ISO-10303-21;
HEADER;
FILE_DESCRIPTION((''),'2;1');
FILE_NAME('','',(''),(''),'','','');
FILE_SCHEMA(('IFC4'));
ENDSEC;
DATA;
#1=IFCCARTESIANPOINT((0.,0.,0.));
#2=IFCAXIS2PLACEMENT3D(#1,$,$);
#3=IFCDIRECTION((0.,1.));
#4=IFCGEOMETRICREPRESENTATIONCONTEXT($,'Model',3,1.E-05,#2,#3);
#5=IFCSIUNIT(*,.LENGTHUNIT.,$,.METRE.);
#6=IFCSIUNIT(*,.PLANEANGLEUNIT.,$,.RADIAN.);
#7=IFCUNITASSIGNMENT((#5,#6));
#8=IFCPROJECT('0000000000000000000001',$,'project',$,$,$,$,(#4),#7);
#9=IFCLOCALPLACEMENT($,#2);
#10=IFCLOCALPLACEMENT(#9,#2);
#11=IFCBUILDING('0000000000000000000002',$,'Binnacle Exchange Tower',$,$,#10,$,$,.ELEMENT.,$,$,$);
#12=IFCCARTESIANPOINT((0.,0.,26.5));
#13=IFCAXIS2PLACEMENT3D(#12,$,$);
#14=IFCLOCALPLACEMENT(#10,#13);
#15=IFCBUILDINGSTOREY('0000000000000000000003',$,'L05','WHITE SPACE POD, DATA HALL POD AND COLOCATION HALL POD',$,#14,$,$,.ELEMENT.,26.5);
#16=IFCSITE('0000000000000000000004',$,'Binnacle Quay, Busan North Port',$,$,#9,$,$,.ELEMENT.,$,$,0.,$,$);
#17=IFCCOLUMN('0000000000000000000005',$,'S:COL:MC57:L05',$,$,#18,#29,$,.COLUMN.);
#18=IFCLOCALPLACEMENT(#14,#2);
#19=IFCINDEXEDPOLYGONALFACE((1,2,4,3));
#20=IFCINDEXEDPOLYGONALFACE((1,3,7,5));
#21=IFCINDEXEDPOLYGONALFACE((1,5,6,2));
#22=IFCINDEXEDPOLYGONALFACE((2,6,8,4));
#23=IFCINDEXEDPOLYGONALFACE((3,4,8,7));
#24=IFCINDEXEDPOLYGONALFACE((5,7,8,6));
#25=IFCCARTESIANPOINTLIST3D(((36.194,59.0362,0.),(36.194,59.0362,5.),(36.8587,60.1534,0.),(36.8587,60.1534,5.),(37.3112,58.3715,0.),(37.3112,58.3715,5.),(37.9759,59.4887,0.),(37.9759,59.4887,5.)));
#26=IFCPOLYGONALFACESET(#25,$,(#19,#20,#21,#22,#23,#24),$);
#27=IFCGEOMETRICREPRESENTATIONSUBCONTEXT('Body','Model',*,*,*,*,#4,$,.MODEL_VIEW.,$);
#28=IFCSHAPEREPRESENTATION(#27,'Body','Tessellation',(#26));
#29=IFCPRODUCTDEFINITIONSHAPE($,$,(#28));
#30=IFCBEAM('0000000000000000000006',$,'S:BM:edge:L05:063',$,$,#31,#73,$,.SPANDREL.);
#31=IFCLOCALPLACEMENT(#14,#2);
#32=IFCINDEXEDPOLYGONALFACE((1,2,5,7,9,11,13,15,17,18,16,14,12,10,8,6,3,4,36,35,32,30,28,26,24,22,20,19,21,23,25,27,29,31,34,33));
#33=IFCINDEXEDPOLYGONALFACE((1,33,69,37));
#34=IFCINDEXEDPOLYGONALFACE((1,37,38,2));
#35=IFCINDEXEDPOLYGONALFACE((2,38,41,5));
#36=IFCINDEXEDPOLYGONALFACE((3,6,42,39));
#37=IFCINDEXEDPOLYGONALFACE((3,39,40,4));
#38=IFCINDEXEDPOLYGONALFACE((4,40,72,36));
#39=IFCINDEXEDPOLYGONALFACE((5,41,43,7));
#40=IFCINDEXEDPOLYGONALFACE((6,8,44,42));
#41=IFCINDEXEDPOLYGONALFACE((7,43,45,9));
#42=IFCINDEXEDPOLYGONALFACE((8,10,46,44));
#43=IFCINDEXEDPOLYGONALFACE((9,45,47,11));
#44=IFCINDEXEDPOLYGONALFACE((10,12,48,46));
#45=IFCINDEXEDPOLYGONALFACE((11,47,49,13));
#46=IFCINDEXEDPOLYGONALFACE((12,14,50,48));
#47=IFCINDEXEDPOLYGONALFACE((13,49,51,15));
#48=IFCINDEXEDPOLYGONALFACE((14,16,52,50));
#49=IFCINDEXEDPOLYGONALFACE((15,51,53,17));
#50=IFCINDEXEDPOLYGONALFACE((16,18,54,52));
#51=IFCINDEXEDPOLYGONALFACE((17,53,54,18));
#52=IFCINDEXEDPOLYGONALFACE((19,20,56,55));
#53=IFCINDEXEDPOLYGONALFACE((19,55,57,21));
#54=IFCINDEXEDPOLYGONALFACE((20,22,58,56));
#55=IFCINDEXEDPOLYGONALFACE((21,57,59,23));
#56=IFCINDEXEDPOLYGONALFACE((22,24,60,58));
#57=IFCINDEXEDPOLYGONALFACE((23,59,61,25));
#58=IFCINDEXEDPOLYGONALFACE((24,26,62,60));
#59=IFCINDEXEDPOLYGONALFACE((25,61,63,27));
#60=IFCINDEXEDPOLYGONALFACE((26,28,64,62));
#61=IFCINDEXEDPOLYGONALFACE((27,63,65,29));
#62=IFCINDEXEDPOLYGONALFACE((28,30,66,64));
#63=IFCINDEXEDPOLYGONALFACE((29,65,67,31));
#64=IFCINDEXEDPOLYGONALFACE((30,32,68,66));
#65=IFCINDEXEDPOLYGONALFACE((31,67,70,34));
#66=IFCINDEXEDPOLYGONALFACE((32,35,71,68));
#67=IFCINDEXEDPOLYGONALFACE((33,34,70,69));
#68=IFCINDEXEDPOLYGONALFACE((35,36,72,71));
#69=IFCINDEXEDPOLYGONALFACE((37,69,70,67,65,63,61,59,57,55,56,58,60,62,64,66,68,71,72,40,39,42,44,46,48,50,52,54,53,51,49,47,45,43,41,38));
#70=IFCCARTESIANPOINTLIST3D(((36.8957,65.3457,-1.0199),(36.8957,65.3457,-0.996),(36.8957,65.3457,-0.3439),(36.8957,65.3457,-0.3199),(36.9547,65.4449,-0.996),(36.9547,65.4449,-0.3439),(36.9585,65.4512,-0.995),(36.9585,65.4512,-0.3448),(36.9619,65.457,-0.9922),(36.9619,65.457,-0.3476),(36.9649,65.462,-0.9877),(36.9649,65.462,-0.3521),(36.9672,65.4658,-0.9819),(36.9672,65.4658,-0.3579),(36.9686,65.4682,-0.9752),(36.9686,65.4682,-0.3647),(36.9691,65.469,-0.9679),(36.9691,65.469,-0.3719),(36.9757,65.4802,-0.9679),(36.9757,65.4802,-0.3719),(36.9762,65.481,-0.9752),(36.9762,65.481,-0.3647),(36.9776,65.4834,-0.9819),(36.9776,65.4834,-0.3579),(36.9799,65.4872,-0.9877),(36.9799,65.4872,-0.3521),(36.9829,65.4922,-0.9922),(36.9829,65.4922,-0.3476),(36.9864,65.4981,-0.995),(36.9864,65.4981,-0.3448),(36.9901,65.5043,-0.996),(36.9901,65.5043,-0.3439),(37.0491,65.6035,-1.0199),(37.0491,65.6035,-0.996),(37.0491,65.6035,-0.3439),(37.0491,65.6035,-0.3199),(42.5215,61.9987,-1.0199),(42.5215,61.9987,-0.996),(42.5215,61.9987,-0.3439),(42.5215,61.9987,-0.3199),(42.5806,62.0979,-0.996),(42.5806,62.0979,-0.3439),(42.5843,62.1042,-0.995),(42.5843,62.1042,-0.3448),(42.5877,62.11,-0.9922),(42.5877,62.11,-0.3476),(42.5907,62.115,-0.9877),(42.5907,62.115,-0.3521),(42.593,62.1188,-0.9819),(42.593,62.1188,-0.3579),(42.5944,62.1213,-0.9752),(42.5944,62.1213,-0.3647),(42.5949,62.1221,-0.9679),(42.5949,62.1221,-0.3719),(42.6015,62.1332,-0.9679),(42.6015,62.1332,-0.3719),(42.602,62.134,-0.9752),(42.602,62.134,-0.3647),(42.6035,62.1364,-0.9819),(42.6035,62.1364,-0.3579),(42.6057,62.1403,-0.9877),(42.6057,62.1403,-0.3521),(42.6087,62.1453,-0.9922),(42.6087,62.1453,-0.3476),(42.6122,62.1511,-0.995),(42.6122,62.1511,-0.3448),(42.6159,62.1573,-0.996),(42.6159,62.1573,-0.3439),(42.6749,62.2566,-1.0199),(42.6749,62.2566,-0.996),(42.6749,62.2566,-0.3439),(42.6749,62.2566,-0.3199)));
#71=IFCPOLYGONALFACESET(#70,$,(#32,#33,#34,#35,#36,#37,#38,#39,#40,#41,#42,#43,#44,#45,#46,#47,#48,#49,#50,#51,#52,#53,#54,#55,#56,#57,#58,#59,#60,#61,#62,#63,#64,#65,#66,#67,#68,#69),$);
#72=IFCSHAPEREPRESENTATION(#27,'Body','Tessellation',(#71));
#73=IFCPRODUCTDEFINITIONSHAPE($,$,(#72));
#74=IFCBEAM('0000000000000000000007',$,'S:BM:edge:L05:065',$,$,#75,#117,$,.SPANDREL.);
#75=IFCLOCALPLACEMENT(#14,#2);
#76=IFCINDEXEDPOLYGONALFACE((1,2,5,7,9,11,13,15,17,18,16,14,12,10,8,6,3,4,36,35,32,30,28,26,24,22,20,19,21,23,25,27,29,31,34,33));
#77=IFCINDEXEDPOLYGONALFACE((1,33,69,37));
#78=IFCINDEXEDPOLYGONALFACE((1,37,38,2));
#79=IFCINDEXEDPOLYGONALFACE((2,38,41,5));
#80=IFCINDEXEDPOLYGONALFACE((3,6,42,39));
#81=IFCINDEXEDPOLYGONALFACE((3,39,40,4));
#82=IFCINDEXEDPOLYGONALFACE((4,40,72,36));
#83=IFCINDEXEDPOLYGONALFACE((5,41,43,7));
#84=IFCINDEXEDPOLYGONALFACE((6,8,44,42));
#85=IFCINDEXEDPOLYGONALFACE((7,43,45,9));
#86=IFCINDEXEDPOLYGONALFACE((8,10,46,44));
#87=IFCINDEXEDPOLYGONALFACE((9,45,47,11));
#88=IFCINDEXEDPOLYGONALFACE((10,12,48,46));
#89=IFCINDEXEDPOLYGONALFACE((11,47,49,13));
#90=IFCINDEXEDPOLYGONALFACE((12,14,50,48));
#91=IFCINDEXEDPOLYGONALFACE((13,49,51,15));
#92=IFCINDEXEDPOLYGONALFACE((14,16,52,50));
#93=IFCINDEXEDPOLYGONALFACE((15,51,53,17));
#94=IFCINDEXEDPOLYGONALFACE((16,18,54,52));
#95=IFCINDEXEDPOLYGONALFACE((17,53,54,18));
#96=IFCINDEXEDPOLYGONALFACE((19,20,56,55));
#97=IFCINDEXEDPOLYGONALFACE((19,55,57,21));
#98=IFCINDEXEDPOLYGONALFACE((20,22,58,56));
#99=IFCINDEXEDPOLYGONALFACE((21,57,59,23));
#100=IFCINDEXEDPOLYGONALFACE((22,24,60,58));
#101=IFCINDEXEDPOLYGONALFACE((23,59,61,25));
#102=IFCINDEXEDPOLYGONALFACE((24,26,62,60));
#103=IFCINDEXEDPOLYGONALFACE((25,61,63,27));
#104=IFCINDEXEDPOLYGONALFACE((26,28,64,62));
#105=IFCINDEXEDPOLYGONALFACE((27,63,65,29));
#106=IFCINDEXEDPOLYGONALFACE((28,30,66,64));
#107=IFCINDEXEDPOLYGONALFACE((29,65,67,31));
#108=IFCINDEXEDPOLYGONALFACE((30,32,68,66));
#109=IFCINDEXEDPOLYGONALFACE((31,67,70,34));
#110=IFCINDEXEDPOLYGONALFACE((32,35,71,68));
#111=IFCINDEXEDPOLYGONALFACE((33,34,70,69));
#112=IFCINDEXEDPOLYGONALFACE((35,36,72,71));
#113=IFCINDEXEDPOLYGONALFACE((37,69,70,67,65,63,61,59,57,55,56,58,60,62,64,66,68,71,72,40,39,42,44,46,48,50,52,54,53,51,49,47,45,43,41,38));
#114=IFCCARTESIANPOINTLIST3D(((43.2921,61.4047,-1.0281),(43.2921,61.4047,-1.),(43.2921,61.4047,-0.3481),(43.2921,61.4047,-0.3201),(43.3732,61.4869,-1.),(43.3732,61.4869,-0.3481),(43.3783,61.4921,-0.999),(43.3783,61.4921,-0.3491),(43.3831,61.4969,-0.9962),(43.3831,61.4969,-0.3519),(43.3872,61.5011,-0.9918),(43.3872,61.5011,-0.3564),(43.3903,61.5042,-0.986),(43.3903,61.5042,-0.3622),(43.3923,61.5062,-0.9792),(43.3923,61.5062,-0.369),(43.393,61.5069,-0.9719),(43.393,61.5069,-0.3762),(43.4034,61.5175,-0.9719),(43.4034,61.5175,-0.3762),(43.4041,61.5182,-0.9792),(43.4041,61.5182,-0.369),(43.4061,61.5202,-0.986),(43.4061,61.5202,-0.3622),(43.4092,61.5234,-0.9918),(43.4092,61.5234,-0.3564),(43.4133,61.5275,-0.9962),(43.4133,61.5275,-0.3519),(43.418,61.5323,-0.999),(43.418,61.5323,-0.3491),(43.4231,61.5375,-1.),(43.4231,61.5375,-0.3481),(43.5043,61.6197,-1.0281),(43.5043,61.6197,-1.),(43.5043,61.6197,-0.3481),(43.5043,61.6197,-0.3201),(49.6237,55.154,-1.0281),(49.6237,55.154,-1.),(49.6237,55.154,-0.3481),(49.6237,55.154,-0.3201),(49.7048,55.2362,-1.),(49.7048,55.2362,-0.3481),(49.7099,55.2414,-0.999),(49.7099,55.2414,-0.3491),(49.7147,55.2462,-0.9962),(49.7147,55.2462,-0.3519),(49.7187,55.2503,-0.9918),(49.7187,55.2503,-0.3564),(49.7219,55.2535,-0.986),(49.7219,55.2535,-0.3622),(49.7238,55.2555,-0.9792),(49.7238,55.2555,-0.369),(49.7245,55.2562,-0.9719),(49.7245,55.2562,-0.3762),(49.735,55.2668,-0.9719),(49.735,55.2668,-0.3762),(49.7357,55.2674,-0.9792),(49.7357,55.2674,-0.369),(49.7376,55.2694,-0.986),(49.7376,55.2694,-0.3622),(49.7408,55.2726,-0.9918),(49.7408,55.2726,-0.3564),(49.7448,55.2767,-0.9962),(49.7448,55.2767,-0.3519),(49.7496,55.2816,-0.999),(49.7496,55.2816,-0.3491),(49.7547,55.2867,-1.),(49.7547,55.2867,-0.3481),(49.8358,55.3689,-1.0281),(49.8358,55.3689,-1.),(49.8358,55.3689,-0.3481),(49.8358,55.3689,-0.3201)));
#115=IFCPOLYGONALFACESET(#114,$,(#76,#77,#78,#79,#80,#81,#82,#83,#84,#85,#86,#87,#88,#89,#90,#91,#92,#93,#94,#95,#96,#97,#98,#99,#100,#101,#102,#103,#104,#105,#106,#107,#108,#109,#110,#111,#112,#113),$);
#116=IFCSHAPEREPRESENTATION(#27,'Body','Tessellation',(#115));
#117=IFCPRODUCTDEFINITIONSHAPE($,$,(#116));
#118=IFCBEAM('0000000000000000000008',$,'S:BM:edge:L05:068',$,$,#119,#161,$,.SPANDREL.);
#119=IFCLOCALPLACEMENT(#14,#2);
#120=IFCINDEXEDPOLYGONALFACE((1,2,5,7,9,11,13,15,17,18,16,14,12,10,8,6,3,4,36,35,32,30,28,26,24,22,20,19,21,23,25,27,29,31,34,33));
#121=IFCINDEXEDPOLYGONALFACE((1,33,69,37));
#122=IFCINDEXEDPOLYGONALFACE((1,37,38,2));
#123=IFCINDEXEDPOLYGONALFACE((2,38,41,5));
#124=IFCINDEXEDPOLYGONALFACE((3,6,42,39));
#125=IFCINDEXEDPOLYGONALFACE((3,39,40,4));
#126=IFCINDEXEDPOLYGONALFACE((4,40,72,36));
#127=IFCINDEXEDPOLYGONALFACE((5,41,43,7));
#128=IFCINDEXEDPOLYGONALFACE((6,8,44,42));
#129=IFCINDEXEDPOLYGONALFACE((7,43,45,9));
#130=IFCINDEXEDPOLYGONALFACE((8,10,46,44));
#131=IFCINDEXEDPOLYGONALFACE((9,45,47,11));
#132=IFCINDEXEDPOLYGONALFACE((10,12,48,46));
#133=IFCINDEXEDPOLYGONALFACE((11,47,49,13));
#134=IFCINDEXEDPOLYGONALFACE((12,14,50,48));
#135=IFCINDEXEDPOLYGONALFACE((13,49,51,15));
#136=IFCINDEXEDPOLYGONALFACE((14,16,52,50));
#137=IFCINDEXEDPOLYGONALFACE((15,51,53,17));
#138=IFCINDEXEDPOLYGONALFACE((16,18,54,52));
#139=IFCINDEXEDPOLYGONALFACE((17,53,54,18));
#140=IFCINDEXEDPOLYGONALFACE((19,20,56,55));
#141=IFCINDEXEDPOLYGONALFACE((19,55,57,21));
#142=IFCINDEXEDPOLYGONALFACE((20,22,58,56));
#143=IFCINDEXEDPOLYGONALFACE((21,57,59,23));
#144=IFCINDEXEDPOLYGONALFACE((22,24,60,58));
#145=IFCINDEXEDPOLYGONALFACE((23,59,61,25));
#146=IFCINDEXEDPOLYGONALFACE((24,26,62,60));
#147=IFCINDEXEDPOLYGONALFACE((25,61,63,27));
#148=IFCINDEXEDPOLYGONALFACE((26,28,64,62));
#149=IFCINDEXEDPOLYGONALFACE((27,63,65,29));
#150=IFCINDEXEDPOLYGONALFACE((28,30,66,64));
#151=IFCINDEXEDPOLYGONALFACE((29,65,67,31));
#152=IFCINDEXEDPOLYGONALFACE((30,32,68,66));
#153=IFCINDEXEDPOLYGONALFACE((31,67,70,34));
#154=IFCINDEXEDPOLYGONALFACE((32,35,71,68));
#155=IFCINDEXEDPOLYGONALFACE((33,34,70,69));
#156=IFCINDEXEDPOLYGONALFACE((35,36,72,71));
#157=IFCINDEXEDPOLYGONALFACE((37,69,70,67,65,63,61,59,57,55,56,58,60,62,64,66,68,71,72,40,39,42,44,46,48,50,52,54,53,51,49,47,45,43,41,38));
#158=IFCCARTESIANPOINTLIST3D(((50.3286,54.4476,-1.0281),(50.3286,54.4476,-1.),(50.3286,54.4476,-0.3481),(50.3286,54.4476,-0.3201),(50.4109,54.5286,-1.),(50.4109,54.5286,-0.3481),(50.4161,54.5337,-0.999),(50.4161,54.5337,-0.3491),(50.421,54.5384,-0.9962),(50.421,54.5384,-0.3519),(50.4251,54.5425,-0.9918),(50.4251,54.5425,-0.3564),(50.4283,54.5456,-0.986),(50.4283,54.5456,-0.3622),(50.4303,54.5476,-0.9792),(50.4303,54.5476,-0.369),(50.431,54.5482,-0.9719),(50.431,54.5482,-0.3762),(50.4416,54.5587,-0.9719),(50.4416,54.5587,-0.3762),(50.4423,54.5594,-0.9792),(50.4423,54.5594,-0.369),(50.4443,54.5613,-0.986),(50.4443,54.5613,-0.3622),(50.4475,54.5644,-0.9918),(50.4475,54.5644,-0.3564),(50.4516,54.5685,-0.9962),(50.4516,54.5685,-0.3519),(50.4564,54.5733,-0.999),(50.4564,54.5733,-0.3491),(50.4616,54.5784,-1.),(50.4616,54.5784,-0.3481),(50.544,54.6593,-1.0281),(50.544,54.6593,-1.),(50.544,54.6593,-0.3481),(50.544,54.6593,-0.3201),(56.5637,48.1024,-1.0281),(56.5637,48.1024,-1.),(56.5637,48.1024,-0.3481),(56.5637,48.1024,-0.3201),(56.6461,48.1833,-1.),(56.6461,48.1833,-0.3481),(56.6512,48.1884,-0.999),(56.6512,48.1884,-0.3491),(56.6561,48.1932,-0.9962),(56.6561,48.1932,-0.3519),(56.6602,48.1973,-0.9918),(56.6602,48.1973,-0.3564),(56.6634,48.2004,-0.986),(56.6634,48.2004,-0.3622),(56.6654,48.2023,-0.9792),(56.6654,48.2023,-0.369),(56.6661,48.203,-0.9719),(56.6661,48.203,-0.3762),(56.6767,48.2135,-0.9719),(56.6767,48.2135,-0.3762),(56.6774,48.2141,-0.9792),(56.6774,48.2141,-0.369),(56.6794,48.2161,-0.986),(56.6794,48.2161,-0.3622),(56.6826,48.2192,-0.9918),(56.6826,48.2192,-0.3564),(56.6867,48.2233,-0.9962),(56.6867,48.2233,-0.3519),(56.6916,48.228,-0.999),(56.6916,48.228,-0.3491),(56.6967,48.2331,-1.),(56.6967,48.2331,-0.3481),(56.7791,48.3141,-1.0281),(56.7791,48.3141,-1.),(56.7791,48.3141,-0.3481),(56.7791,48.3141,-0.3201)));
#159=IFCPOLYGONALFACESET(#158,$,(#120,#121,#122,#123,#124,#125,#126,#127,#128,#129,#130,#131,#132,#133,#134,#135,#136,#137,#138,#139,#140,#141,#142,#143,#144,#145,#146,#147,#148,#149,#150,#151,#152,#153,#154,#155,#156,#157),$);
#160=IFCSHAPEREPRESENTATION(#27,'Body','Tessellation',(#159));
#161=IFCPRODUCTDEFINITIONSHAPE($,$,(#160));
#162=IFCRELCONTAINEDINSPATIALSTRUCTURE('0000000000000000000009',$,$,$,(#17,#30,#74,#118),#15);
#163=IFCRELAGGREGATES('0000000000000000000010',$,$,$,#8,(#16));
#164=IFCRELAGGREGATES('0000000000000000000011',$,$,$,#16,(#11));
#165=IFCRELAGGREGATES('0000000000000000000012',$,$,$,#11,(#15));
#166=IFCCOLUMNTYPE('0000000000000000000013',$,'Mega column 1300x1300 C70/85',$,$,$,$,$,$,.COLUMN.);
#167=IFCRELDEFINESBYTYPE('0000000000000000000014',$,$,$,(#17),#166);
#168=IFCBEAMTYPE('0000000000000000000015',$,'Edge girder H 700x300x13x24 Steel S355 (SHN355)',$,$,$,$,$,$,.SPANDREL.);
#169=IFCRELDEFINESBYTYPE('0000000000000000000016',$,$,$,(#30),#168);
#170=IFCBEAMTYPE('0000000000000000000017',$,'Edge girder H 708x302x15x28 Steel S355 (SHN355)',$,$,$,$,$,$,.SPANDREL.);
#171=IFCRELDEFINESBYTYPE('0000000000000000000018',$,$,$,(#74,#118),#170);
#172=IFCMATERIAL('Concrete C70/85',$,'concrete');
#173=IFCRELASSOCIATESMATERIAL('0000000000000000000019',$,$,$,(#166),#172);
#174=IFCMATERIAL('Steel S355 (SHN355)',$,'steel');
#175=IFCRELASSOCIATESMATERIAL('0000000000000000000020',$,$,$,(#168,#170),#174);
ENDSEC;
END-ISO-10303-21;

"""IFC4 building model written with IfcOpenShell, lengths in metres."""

from ifc_helpers import new_model, si_unit, direction, frame, origin, origin_2d, place, context, subcontext, project, spatial, rectangle, i_section, extrude, material, material_profile, profile_set, type_object, element, save


model = new_model("IFC4")

# Units and contexts
model_context = context("Model", 3, precision=1e-05, world=origin(), true_north=direction((0.0, 1.0)))
body_context = subcontext(model_context, "Body", "Model", "MODEL_VIEW")
ifc_project = project(units=[si_unit("LENGTHUNIT", "METRE"), si_unit("PLANEANGLEUNIT", "RADIAN")], contexts=[model_context])

# Site, building, storey
site_placement = place(None, origin())
site = spatial("IfcSite", under=ifc_project, at=site_placement, Name="Binnacle Quay, Busan North Port", CompositionType="ELEMENT", RefElevation=0.0)
building_placement = place(site_placement, origin())
building = spatial("IfcBuilding", under=site, at=building_placement, Name="Binnacle Exchange Tower", CompositionType="ELEMENT")
storey_placement = place(building_placement, frame((0.0, 0.0, 26.5)))
storey = spatial("IfcBuildingStorey", under=building, at=storey_placement, Name="L05", Description="WHITE SPACE POD, DATA HALL POD AND COLOCATION HALL POD", CompositionType="ELEMENT", Elevation=26.5)

# Column
ifc_material_1 = material(Name="Concrete C70/85", Category="concrete")
ifc_material_profile_1 = material_profile(ifc_material_1, rectangle(XDim=1.3, YDim=1.3, at=origin_2d()), Name="Mega column 1300x1300 C70/85")
ifc_profile_set_1 = profile_set([ifc_material_profile_1], Name="Concrete C70/85")
column_type = type_object("IfcColumnType", Name="Mega column 1300x1300 C70/85", PredefinedType="COLUMN", material=ifc_profile_set_1)
column_placement = place(storey_placement, frame((37.085, 59.2625, 0.0), z_axis=(0.0, 0.0, 1.0), x_axis=(-0.859406, 0.511293, 0.0)))
element("IfcColumn", 1, at=column_placement, inside=storey, type_object=column_type, Name="S:COL:MC57:L05", PredefinedType="COLUMN", context=body_context, shape_type="SweptSolid", body=[
    extrude(rectangle(XDim=1.3, YDim=1.3, at=origin_2d()), origin(), (0.0, 0.0, 1.0), 5.0),
])

# Beams
ifc_material_2 = material(Name="Steel S355 (SHN355)", Category="steel")
ifc_material_profile_2 = material_profile(ifc_material_2, i_section(OverallWidth=0.3, OverallDepth=0.7, WebThickness=0.0129, FlangeThickness=0.0239, FilletRadius=0.0281, at=origin_2d()), Name="H 700x300x13x24")
ifc_profile_set_2 = profile_set([ifc_material_profile_2], Name="Steel S355 (SHN355)")
beam_type_1 = type_object("IfcBeamType", Name="Edge girder H 700x300x13x24 Steel S355 (SHN355)", PredefinedType="SPANDREL", material=ifc_profile_set_2)
beam_1_placement = place(storey_placement, frame((36.9724, 65.4746, -0.6699), z_axis=(0.859409, -0.511289, 0.0), x_axis=(0.511289, 0.859409, 0.0)))
element("IfcBeam", 2, at=beam_1_placement, inside=storey, type_object=beam_type_1, Name="S:BM:edge:L05:063", PredefinedType="SPANDREL", context=body_context, shape_type="SweptSolid", body=[
    extrude(i_section(OverallWidth=0.3, OverallDepth=0.7, WebThickness=0.0129, FlangeThickness=0.0239, FilletRadius=0.0281, at=origin_2d()), origin(), (0.0, 0.0, 1.0), 6.5461),
])
ifc_material_profile_3 = material_profile(ifc_material_2, i_section(OverallWidth=0.302, OverallDepth=0.708, WebThickness=0.0149, FlangeThickness=0.0281, FilletRadius=0.0281, at=origin_2d()), Name="H 708x302x15x28")
ifc_profile_set_3 = profile_set([ifc_material_profile_3], Name="Steel S355 (SHN355)")
beam_type_2 = type_object("IfcBeamType", Name="Edge girder H 708x302x15x28 Steel S355 (SHN355)", PredefinedType="SPANDREL", material=ifc_profile_set_3)
beam_2_placement = place(storey_placement, frame((43.3982, 61.5122, -0.6741), z_axis=(0.711634, -0.702551, 0.0), x_axis=(0.702551, 0.711634, 0.0)))
element("IfcBeam", 3, at=beam_2_placement, inside=storey, type_object=beam_type_2, Name="S:BM:edge:L05:065", PredefinedType="SPANDREL", context=body_context, shape_type="SweptSolid", body=[
    extrude(i_section(OverallWidth=0.302, OverallDepth=0.708, WebThickness=0.0149, FlangeThickness=0.0281, FilletRadius=0.0281, at=origin_2d()), origin(), (0.0, 0.0, 1.0), 8.8972),
])
beam_3_placement = place(storey_placement, frame((50.4363, 54.5535, -0.6741), z_axis=(0.700891, -0.713268, 0.0), x_axis=(0.713268, 0.700891, 0.0)))
element("IfcBeam", 4, at=beam_3_placement, inside=storey, type_object=beam_type_2, Name="S:BM:edge:L05:068", PredefinedType="SPANDREL", context=body_context, shape_type="SweptSolid", body=[
    extrude(i_section(OverallWidth=0.302, OverallDepth=0.708, WebThickness=0.0149, FlangeThickness=0.0281, FilletRadius=0.0281, at=origin_2d()), origin(), (0.0, 0.0, 1.0), 8.896),
])

save(model, "model.ifc")
